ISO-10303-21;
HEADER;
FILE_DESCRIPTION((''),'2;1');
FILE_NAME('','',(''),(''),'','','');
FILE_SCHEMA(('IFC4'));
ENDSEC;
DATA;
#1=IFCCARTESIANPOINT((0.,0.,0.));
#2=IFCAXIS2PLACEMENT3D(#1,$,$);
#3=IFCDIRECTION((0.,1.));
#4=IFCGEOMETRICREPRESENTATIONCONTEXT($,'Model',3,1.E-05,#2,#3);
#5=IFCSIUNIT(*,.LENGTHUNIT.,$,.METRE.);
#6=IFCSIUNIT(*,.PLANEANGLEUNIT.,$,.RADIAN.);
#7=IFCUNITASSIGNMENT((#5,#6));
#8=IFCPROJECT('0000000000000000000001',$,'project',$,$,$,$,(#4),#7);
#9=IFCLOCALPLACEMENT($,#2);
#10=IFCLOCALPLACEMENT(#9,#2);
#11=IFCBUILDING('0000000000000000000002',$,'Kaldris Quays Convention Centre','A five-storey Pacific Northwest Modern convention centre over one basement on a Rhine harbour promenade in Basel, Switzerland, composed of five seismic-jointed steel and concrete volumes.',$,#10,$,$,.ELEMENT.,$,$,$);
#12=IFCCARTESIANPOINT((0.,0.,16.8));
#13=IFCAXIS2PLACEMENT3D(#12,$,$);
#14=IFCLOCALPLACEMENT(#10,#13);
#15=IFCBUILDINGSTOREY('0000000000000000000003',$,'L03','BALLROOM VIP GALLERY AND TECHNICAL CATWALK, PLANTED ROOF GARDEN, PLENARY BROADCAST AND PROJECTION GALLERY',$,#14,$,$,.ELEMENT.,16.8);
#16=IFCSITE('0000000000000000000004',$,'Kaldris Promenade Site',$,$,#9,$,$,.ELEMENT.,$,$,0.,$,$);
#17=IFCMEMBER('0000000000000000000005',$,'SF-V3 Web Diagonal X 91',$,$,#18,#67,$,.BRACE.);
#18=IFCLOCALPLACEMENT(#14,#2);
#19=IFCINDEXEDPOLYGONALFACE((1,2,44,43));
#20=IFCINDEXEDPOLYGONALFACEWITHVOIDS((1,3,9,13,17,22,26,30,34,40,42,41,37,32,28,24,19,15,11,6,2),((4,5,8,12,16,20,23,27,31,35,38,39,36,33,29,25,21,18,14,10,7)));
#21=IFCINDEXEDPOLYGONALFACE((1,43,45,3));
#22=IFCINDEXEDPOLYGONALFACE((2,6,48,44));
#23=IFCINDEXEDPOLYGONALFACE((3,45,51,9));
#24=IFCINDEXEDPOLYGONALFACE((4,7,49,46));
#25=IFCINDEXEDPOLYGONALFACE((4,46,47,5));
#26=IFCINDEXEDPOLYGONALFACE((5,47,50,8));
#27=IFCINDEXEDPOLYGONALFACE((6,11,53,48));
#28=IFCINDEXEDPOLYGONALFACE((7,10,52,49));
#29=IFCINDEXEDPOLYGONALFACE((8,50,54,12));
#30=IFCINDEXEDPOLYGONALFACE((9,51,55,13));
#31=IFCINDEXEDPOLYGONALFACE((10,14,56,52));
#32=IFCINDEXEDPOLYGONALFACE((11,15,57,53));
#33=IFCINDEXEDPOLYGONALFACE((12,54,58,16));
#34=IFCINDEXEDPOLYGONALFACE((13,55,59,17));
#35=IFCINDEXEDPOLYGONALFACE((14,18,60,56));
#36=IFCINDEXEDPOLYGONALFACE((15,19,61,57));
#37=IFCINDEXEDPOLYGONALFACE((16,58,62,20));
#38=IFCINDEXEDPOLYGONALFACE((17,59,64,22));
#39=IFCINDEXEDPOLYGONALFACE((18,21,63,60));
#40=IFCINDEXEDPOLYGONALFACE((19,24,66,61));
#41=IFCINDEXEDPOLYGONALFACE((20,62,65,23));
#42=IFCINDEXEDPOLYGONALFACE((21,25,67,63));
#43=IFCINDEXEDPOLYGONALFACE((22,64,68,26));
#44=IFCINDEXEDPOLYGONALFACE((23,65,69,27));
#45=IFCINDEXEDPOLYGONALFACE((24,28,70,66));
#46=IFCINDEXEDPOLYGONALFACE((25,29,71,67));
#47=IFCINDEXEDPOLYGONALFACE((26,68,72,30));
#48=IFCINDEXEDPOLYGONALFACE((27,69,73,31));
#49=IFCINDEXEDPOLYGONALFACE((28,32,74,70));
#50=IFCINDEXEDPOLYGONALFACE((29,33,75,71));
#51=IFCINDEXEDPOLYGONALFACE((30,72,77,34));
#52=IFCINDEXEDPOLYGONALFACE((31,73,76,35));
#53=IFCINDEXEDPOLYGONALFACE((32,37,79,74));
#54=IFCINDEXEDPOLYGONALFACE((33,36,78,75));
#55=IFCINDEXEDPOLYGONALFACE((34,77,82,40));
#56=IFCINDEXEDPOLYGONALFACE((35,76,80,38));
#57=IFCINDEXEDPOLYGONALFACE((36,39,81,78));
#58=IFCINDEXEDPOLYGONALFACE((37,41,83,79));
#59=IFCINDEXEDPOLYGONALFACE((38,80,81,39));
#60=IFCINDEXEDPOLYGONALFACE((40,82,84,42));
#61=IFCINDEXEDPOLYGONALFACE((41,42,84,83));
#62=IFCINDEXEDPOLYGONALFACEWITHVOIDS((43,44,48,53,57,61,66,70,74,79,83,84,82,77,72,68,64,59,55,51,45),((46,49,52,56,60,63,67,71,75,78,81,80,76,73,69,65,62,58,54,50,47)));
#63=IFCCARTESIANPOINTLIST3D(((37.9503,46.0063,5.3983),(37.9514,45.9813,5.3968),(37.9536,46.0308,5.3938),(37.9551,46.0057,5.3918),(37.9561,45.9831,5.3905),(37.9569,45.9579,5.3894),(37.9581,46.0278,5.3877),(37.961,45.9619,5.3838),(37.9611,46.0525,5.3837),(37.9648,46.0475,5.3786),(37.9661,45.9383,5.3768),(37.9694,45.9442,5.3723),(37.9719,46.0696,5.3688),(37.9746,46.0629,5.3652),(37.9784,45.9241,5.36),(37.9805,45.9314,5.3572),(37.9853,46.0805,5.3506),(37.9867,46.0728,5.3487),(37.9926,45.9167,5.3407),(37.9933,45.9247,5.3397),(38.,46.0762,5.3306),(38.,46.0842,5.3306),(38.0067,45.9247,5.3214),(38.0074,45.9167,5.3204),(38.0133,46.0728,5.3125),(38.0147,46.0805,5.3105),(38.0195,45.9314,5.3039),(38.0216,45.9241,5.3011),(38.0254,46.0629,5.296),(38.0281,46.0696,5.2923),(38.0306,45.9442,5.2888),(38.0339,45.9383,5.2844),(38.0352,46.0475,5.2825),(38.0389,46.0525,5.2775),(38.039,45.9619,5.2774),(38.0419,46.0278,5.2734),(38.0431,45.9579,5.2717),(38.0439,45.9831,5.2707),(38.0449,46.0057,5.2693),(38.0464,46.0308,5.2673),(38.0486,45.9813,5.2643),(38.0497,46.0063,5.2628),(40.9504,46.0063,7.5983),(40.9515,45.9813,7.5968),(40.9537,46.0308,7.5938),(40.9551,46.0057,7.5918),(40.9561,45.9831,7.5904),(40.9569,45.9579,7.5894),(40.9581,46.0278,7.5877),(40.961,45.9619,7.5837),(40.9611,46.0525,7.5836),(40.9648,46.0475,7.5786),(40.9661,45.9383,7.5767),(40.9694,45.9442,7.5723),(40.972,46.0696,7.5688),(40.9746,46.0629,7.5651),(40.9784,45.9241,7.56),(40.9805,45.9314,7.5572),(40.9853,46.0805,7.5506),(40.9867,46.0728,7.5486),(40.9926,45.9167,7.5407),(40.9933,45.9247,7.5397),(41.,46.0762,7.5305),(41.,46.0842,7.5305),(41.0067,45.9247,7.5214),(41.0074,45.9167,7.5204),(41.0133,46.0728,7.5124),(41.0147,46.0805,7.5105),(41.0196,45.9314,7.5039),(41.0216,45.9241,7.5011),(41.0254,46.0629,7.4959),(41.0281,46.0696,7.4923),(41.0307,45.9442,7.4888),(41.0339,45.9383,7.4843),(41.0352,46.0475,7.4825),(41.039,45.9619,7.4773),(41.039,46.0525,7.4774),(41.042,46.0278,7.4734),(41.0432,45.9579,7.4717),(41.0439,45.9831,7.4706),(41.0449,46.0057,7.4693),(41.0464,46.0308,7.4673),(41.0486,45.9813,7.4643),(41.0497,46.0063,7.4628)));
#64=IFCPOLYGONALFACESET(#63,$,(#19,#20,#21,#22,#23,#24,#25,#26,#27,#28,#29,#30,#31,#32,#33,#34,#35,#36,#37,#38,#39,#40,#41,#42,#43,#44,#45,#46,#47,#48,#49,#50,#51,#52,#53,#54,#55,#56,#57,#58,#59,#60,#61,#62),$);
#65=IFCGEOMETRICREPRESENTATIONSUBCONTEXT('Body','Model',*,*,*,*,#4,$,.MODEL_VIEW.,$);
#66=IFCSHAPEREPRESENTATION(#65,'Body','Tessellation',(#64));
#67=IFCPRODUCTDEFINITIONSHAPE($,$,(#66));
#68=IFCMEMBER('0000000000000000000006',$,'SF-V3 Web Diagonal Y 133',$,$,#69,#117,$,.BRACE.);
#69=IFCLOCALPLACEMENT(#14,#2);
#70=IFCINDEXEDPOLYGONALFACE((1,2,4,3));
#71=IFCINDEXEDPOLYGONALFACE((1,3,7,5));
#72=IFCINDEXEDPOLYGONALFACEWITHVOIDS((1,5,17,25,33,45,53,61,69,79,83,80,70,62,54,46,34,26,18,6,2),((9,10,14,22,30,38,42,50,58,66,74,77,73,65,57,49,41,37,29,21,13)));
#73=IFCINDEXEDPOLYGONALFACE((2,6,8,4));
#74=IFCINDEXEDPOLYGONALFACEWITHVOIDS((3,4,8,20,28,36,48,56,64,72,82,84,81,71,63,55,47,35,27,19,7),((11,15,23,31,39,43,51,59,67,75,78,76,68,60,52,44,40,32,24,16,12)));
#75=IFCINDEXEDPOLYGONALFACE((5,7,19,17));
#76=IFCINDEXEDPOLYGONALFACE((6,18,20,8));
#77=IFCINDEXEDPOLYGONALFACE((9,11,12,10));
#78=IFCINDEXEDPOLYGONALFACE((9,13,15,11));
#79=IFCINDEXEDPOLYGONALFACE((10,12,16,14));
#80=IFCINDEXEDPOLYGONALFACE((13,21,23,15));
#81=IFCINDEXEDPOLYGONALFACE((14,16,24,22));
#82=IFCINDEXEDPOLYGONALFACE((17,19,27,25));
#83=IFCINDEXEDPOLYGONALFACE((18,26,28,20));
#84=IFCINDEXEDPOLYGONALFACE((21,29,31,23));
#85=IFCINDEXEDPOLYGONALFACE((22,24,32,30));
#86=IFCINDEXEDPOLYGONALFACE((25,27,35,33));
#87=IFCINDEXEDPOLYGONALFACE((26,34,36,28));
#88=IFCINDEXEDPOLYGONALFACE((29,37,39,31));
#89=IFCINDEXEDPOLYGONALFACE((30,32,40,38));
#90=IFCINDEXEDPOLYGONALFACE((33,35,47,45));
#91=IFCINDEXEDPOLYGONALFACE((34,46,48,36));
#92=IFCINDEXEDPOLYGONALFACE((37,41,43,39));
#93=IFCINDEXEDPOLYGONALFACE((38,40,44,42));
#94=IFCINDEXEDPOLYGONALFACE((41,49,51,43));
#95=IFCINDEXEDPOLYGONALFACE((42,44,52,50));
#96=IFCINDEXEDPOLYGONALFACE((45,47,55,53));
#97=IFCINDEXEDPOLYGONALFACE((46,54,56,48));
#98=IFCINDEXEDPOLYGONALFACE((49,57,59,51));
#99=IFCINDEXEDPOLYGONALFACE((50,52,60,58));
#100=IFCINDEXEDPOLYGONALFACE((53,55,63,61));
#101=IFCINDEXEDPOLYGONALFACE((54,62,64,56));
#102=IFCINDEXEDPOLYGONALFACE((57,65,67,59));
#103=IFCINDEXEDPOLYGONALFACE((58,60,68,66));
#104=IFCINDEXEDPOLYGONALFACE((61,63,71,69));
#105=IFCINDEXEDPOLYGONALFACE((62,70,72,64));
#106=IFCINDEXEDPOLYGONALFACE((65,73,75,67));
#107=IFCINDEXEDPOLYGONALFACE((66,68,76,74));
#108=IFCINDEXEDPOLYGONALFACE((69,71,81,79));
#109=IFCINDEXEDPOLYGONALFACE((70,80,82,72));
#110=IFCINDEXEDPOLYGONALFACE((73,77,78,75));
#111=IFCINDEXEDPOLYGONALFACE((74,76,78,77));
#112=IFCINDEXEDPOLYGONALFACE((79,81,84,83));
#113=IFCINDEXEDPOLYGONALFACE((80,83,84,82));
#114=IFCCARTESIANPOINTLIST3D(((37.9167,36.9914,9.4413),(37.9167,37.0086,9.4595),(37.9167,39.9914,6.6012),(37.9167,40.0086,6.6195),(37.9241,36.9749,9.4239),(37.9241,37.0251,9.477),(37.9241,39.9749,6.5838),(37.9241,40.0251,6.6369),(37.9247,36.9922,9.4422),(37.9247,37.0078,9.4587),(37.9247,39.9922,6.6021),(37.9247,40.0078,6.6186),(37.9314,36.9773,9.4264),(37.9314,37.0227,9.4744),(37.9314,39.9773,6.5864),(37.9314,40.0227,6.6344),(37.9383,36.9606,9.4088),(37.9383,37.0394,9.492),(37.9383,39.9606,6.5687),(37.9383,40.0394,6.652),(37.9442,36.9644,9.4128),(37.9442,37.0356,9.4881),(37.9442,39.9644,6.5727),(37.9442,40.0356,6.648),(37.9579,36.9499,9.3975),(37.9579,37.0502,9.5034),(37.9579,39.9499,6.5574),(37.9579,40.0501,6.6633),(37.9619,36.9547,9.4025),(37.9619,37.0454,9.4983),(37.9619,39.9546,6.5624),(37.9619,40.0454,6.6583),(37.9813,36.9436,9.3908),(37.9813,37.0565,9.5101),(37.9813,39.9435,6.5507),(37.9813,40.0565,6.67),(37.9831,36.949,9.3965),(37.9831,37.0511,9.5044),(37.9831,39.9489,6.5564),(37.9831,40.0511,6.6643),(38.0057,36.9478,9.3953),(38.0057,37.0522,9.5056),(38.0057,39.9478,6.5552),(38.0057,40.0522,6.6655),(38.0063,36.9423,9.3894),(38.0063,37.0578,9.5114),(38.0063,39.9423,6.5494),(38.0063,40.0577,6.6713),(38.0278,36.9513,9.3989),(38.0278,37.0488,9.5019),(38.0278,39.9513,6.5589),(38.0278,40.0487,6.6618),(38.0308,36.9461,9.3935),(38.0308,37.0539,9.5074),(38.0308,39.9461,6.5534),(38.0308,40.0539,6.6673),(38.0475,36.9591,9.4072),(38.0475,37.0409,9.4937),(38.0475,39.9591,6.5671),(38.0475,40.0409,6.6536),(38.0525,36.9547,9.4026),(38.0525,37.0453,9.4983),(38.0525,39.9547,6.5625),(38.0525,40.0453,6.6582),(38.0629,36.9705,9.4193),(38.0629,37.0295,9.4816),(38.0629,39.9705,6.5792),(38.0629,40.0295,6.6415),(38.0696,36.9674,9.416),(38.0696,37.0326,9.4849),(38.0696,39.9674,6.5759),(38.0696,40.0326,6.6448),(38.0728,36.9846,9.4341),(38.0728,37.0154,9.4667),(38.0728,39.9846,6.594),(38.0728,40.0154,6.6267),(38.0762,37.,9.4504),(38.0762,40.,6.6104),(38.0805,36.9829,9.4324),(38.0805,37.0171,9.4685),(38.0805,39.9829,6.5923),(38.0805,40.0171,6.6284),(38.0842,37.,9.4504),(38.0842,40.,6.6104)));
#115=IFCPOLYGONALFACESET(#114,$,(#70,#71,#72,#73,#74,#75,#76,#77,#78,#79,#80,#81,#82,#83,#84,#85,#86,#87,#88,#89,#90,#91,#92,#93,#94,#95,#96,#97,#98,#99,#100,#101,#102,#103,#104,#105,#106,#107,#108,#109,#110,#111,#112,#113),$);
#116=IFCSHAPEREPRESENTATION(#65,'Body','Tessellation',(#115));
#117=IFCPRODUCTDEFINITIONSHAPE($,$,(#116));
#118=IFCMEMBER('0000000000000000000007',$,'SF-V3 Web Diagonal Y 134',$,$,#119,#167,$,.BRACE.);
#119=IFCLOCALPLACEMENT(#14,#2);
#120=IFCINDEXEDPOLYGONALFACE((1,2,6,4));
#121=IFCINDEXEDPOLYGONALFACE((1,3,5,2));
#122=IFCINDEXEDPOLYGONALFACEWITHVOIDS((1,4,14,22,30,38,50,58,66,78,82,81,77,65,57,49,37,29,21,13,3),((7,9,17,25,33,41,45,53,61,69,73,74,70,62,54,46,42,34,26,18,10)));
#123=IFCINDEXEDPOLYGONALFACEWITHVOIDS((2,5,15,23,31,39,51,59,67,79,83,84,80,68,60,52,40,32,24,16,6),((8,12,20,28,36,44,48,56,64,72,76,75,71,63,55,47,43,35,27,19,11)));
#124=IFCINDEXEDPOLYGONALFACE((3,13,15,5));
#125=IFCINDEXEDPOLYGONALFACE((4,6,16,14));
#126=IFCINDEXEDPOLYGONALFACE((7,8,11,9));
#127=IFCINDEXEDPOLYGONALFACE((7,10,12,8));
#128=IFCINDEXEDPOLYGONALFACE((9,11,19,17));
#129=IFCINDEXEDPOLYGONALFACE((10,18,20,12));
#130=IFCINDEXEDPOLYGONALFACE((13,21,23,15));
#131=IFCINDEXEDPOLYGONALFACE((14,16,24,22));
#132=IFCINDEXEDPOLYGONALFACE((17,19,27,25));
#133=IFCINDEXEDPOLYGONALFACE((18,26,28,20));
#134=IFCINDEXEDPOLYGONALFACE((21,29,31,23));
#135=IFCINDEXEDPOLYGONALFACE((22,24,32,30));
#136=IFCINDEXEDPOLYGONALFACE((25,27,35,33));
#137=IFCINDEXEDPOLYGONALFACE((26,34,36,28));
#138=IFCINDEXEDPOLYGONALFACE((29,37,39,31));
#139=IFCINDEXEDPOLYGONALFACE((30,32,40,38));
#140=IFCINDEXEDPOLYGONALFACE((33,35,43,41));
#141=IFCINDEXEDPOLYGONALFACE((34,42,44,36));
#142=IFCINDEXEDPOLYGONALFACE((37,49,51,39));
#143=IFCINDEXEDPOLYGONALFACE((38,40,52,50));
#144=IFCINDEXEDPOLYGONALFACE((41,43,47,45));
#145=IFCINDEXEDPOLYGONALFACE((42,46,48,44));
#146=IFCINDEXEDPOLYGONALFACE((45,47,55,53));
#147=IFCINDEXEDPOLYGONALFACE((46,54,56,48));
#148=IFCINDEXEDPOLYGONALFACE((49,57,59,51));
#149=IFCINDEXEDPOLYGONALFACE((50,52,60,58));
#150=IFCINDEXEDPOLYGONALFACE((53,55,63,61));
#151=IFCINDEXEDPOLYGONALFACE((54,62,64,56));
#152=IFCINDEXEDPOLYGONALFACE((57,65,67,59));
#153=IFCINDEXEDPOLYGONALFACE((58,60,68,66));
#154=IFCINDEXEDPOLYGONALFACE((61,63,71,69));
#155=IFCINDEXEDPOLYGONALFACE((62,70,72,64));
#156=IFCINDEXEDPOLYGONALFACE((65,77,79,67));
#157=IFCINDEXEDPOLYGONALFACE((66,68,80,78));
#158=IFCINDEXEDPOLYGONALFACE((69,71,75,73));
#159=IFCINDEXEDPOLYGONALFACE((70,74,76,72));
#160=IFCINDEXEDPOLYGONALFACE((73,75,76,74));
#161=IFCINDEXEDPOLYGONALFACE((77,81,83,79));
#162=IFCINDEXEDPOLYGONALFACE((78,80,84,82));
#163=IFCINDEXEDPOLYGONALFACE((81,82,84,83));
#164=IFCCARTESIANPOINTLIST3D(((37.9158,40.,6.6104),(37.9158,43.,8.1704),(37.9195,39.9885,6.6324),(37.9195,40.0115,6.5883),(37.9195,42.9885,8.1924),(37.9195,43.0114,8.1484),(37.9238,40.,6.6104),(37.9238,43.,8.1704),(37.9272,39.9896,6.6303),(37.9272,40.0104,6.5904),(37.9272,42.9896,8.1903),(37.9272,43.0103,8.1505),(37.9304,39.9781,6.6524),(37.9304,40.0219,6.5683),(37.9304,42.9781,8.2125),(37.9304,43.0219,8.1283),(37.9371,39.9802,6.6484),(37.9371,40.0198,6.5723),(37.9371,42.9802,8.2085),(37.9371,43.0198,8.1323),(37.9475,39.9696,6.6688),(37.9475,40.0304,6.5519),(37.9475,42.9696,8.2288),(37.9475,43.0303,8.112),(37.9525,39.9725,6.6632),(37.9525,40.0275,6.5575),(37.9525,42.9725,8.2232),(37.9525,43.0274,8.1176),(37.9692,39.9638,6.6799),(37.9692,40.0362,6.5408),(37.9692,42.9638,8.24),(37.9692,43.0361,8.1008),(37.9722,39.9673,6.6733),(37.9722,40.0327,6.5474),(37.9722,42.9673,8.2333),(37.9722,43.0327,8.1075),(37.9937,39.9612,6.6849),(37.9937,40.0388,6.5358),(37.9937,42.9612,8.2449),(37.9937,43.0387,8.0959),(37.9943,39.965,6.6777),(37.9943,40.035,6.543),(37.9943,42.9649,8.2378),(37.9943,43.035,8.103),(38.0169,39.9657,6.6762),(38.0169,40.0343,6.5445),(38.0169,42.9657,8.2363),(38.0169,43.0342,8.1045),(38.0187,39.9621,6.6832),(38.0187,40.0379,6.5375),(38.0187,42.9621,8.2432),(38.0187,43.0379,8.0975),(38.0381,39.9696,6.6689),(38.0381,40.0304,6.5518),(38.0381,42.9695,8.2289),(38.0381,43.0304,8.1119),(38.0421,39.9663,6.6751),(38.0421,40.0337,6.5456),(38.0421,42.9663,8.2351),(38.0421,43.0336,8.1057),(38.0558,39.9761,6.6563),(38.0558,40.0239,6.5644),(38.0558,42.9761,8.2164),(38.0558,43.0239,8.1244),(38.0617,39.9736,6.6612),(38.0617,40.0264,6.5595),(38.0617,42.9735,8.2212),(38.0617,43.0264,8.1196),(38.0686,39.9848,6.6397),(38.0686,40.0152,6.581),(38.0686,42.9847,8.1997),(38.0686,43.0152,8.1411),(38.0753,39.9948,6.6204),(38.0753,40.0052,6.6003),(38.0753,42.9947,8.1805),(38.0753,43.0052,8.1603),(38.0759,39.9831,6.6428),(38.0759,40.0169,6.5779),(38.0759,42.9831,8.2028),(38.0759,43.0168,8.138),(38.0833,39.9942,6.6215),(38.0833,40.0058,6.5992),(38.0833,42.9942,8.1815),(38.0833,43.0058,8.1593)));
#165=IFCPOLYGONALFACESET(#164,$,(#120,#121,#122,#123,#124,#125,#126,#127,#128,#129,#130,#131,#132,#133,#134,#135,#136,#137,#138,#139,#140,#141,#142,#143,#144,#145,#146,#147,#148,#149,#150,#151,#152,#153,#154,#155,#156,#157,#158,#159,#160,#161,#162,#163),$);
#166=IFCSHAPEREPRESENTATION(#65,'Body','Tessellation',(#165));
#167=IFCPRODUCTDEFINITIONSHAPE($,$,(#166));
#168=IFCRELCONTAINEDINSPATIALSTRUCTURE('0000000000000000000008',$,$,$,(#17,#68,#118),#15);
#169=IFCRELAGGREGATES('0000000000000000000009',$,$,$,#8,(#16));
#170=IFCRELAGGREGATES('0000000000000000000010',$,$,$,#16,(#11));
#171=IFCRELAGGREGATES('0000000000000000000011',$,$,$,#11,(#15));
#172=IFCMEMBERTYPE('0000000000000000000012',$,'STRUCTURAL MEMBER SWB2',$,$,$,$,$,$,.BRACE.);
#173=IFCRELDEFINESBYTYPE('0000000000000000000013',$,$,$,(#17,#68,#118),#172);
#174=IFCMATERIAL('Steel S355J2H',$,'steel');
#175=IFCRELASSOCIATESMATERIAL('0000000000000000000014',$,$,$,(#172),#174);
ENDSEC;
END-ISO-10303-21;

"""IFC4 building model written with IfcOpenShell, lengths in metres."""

from ifc_helpers import new_model, si_unit, direction, frame, origin, origin_2d, place, context, subcontext, project, spatial, hollow_circle, extrude, material, material_profile, profile_set, type_object, element, save


model = new_model("IFC4")

# Units and contexts
model_context = context("Model", 3, precision=1e-05, world=origin(), true_north=direction((0.0, 1.0)))
body_context = subcontext(model_context, "Body", "Model", "MODEL_VIEW")
ifc_project = project(units=[si_unit("LENGTHUNIT", "METRE"), si_unit("PLANEANGLEUNIT", "RADIAN")], contexts=[model_context])

# Site, building, storey
site_placement = place(None, origin())
site = spatial("IfcSite", under=ifc_project, at=site_placement, Name="Kaldris Promenade Site", CompositionType="ELEMENT", RefElevation=0.0)
building_placement = place(site_placement, origin())
building = spatial("IfcBuilding", under=site, at=building_placement, Name="Kaldris Quays Convention Centre", Description="A five-storey Pacific Northwest Modern convention centre over one basement on a Rhine harbour promenade in Basel, Switzerland, composed of five seismic-jointed steel and concrete volumes.", CompositionType="ELEMENT")
storey_placement = place(building_placement, frame((0.0, 0.0, 16.8)))
storey = spatial("IfcBuildingStorey", under=building, at=storey_placement, Name="L03", Description="BALLROOM VIP GALLERY AND TECHNICAL CATWALK, PLANTED ROOF GARDEN, PLENARY BROADCAST AND PROJECTION GALLERY", CompositionType="ELEMENT", Elevation=16.8)

# Members
ifc_material_1 = material(Name="Steel S355J2H", Category="steel")
ifc_material_profile_1 = material_profile(ifc_material_1, hollow_circle(Radius=0.0842, WallThickness=0.0081, at=origin_2d()), Name="CHS 168.3x8")
ifc_profile_set_1 = profile_set([ifc_material_profile_1], Name="Steel S355J2H")
member_type_1 = type_object("IfcMemberType", Name="STRUCTURAL MEMBER SWB2", PredefinedType="BRACE", material=ifc_profile_set_1)
for number, where, z_axis, x_axis, name in (
    (1, (38.0, 46.0, 5.3306), (0.806411, 0.0, 0.591355), (0.0, 1.0, 0.0), "SF-V3 Web Diagonal X 91"),
):
    element("IfcMember", number, at=place(storey_placement, frame(where, z_axis=z_axis, x_axis=x_axis)), inside=storey, type_object=member_type_1, Name=name, PredefinedType="BRACE", context=body_context, shape_type="SweptSolid", body=[
        extrude(hollow_circle(Radius=0.0842, WallThickness=0.0081, at=origin_2d()), origin(), (0.0, 0.0, 1.0), 3.7202),
    ])
member_1_placement = place(storey_placement, frame((38.0, 40.0, 6.6104), z_axis=(0.0, -0.726196, 0.687487), x_axis=(1.0, 0.0, 0.0)))
element("IfcMember", 2, at=member_1_placement, inside=storey, type_object=member_type_1, Name="SF-V3 Web Diagonal Y 133", PredefinedType="BRACE", context=body_context, shape_type="SweptSolid", body=[
    extrude(hollow_circle(Radius=0.0842, WallThickness=0.0081, at=origin_2d()), origin(), (0.0, 0.0, 1.0), 4.1311),
])
member_2_placement = place(storey_placement, frame((38.0, 40.0, 6.6104), z_axis=(0.0, 0.88721, 0.461366), x_axis=(-1.0, 0.0, 0.0)))
element("IfcMember", 3, at=member_2_placement, inside=storey, type_object=member_type_1, Name="SF-V3 Web Diagonal Y 134", PredefinedType="BRACE", context=body_context, shape_type="SweptSolid", body=[
    extrude(hollow_circle(Radius=0.0842, WallThickness=0.0081, at=origin_2d()), origin(), (0.0, 0.0, 1.0), 3.3813),
])

save(model, "model.ifc")
